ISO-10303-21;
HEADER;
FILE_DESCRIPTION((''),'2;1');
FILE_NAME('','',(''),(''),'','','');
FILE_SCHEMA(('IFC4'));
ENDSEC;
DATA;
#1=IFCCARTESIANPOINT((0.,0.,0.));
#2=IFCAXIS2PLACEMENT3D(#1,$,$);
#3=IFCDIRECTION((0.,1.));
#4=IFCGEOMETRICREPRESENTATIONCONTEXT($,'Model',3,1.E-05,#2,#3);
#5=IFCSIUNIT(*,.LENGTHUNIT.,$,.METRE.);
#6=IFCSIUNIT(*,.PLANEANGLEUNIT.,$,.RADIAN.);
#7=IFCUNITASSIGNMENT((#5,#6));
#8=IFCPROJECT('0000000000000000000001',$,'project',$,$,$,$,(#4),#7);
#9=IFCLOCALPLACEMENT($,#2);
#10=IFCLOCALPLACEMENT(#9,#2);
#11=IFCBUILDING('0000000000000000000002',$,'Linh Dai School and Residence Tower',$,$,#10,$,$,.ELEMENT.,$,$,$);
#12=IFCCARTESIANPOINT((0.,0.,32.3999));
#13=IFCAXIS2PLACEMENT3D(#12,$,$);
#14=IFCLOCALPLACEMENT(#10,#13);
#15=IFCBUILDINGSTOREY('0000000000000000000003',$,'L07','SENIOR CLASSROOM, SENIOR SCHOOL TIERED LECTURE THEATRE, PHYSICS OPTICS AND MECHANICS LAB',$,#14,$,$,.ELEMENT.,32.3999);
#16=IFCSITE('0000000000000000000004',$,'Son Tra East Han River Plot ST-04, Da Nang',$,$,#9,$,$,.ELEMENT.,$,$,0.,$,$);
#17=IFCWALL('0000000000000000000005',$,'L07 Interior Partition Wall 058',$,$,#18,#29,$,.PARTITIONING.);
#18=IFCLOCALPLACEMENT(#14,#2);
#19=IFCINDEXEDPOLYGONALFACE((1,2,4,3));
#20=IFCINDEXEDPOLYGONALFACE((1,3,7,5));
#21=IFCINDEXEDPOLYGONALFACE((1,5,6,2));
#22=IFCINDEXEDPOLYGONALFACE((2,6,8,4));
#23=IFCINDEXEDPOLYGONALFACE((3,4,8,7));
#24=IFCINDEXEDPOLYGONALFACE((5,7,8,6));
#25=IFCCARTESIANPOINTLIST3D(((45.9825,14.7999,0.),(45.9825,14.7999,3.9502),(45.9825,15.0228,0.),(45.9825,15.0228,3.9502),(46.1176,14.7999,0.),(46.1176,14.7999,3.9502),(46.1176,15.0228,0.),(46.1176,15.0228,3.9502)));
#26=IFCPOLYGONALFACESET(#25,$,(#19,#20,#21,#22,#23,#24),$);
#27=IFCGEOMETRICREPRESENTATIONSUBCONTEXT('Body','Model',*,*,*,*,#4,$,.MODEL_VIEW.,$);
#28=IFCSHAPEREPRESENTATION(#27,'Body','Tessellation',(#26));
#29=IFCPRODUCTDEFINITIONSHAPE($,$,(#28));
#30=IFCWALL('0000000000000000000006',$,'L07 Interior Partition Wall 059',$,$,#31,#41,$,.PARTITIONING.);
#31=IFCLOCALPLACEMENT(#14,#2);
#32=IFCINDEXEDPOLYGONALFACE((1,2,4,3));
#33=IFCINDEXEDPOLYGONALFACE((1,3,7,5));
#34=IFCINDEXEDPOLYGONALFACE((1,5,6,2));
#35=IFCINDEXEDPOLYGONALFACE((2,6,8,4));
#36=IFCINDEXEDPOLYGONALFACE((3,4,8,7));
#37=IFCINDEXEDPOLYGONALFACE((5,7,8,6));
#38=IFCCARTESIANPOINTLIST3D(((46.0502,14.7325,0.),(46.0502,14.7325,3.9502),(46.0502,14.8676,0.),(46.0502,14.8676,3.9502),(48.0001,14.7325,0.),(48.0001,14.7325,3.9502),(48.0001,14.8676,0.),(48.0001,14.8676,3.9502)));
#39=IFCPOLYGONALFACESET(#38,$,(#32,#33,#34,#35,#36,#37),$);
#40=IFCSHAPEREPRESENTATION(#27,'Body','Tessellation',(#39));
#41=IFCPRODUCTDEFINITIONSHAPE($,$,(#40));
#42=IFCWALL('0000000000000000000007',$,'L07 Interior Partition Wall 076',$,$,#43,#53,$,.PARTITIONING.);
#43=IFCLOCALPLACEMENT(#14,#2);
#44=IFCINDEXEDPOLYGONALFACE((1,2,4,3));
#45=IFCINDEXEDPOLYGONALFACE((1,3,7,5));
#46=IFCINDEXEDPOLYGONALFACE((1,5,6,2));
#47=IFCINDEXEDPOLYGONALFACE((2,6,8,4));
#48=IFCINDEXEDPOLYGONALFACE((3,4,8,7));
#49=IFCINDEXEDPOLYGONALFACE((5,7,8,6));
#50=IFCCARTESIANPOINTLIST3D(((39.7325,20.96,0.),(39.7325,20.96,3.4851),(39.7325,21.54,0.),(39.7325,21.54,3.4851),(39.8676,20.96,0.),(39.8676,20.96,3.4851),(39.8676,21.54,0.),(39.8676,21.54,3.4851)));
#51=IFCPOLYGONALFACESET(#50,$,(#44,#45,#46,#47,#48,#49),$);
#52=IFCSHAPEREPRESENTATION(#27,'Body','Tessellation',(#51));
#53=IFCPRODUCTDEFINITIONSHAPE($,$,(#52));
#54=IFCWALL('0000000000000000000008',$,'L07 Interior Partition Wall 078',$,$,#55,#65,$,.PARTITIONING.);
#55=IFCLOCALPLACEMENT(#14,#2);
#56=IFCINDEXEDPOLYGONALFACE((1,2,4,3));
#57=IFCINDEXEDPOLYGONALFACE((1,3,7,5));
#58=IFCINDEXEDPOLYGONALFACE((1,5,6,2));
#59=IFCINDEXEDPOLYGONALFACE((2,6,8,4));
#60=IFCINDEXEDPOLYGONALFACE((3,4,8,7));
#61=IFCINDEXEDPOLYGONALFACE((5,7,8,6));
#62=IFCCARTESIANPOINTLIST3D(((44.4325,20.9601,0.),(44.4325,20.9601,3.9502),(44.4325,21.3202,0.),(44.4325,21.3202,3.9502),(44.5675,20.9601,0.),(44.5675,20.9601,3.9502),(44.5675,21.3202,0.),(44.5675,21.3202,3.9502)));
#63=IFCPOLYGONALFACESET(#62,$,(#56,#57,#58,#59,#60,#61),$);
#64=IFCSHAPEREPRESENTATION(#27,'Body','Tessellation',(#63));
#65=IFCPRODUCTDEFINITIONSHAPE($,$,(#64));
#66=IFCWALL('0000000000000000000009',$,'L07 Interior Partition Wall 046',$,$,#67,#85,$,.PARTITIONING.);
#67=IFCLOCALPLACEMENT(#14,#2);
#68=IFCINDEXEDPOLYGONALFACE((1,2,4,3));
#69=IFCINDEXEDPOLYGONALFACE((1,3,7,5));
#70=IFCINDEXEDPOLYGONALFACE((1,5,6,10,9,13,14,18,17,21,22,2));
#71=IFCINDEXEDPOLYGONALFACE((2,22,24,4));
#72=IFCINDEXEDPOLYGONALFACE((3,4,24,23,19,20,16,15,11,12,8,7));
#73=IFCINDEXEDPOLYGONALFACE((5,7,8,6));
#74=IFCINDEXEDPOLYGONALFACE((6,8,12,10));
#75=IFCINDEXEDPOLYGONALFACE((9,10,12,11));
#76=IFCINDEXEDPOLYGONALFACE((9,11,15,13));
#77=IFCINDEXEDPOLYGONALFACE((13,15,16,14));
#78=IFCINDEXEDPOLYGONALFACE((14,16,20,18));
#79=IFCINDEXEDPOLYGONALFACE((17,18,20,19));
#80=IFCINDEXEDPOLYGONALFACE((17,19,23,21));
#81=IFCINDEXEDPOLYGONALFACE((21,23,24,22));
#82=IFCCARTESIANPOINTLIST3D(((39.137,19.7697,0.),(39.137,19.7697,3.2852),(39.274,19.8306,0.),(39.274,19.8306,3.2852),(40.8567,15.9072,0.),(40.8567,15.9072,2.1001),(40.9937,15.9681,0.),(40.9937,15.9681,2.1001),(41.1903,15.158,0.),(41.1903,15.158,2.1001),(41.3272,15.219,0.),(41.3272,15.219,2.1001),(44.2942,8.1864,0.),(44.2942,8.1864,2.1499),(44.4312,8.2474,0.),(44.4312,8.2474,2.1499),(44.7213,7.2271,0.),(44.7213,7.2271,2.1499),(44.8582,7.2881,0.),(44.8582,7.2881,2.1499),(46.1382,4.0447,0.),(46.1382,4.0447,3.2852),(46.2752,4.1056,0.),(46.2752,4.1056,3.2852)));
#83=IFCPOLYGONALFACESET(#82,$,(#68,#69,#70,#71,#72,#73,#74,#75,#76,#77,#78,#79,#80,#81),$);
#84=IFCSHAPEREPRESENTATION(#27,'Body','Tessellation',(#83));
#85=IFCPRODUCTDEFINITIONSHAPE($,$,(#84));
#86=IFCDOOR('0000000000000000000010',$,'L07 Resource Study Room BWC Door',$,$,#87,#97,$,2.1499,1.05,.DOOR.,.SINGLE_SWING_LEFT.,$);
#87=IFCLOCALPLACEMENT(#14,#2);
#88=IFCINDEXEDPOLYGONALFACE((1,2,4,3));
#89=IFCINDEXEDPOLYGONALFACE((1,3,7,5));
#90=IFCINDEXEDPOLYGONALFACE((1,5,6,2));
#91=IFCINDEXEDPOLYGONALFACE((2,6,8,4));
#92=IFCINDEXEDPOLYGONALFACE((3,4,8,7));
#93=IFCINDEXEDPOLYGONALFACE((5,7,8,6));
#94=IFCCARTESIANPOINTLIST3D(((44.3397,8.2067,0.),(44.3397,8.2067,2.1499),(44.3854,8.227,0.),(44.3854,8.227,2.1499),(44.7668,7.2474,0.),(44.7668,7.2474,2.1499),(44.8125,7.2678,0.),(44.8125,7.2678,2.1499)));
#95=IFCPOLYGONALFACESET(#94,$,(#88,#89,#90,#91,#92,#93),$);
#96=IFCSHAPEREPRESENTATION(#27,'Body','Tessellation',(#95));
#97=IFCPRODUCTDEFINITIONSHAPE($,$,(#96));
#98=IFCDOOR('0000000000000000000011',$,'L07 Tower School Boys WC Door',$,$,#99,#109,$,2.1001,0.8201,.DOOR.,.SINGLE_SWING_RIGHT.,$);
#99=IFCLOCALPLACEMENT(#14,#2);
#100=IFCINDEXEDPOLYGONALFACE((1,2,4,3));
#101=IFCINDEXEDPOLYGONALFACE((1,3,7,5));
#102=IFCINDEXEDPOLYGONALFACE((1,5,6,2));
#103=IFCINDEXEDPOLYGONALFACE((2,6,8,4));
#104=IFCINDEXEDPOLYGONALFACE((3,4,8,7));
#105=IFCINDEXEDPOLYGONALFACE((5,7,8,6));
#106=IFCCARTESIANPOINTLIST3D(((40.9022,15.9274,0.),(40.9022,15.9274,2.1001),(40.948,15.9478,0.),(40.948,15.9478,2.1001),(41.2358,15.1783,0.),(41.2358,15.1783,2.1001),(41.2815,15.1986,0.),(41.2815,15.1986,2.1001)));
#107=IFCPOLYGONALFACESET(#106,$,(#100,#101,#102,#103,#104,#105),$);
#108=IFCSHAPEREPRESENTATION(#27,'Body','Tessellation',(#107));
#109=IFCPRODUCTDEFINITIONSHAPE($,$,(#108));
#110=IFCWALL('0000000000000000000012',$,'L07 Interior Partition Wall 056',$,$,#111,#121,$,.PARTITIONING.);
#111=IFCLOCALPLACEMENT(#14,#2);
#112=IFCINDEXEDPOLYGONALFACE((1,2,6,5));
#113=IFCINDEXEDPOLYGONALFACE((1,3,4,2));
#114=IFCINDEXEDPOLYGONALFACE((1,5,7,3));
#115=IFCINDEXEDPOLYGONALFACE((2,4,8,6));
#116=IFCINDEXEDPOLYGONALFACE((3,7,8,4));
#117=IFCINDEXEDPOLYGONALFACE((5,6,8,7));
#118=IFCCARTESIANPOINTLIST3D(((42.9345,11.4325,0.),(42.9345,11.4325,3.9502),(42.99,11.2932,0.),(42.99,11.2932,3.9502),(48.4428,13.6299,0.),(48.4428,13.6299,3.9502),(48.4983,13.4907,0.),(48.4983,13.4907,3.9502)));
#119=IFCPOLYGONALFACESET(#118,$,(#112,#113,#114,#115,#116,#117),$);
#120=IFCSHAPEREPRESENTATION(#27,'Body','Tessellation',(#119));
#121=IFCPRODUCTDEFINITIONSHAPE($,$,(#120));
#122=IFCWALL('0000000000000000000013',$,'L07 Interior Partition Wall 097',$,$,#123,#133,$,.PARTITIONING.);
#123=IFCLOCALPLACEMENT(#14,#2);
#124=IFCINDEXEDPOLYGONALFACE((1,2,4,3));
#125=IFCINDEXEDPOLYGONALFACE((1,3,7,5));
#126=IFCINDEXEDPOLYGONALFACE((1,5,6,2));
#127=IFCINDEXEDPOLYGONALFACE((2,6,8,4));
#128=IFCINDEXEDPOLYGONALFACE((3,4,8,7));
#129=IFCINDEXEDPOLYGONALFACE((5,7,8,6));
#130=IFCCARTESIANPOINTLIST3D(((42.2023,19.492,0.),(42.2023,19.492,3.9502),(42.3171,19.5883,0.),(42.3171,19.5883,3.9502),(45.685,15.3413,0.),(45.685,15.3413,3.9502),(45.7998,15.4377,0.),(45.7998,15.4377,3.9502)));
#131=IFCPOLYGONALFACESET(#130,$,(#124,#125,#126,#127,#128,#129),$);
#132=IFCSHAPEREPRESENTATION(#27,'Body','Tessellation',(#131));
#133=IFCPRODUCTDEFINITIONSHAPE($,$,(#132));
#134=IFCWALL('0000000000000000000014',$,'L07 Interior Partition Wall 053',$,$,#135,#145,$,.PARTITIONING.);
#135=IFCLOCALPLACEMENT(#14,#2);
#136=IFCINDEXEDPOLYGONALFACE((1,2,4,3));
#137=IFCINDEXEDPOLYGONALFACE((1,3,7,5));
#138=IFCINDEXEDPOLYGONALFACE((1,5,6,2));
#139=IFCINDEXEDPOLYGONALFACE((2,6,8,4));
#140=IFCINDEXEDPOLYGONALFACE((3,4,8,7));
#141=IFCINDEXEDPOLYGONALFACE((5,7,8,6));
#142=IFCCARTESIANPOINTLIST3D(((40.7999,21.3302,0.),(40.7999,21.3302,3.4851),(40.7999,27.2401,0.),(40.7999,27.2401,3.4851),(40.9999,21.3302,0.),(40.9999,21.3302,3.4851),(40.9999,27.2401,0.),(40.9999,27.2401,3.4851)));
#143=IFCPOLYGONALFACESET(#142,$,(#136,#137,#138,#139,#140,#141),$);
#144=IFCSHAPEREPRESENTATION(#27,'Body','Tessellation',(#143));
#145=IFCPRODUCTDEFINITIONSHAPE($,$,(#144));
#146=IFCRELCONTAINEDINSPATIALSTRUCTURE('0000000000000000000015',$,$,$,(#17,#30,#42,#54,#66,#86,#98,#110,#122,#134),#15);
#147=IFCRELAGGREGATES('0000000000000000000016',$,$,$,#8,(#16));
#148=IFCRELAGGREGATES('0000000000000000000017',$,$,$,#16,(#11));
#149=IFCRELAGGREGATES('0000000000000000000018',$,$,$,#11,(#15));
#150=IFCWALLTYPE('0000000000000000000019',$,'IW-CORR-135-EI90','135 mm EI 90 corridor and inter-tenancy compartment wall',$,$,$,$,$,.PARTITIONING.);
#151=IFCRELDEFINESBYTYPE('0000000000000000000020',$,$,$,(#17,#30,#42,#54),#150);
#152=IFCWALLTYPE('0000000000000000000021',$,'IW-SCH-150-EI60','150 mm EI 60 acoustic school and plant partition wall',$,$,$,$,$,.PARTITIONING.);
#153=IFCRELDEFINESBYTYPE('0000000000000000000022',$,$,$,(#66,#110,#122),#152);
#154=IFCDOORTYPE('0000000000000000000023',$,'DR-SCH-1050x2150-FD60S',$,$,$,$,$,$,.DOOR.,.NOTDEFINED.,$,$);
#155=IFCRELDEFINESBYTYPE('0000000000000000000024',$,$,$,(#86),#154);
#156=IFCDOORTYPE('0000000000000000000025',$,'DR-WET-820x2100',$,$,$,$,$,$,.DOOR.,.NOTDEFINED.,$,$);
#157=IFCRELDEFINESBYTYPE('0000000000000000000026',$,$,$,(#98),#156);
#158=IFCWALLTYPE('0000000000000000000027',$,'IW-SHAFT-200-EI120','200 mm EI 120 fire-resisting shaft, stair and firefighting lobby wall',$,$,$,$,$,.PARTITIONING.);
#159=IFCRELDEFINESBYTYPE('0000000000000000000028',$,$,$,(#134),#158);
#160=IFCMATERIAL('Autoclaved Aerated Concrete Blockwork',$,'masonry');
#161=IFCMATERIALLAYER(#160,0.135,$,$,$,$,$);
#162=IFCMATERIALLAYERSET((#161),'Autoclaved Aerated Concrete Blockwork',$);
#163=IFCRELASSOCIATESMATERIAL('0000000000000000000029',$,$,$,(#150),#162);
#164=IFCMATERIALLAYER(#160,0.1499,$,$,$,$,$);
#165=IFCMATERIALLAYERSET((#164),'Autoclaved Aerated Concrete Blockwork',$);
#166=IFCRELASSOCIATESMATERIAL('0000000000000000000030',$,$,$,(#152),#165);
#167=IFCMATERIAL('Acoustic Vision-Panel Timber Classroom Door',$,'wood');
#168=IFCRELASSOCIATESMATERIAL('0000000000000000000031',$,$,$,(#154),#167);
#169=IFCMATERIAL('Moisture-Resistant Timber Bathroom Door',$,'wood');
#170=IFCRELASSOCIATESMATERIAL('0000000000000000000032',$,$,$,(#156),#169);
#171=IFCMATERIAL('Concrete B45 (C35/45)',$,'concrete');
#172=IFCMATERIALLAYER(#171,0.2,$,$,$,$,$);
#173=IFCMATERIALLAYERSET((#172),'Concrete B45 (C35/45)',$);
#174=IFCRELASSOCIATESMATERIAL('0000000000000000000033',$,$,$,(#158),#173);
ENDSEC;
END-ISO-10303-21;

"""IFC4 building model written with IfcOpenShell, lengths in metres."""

from ifc_helpers import new_model, si_unit, direction, frame, frame_2d, origin, origin_2d, place, context, subcontext, project, spatial, rectangle, extrude, source, transform, mapped, material, layer, layer_set, type_object, element, fill, save


model = new_model("IFC4")

# Units and contexts
model_context = context("Model", 3, precision=1e-05, world=origin(), true_north=direction((0.0, 1.0)))
body_context = subcontext(model_context, "Body", "Model", "MODEL_VIEW")
ifc_project = project(units=[si_unit("LENGTHUNIT", "METRE"), si_unit("PLANEANGLEUNIT", "RADIAN")], contexts=[model_context])

# Site, building, storey
site_placement = place(None, origin())
site = spatial("IfcSite", under=ifc_project, at=site_placement, Name="Son Tra East Han River Plot ST-04, Da Nang", CompositionType="ELEMENT", RefElevation=0.0)
building_placement = place(site_placement, origin())
building = spatial("IfcBuilding", under=site, at=building_placement, Name="Linh Dai School and Residence Tower", CompositionType="ELEMENT")
storey_placement = place(building_placement, frame((0.0, 0.0, 32.3999)))
storey = spatial("IfcBuildingStorey", under=building, at=storey_placement, Name="L07", Description="SENIOR CLASSROOM, SENIOR SCHOOL TIERED LECTURE THEATRE, PHYSICS OPTICS AND MECHANICS LAB", CompositionType="ELEMENT", Elevation=32.3999)

# Walls
ifc_material_1 = material(Name="Autoclaved Aerated Concrete Blockwork", Category="masonry")
ifc_layer_1 = layer(ifc_material_1, 0.135)
ifc_layer_set_1 = layer_set([ifc_layer_1], Name="Autoclaved Aerated Concrete Blockwork")
wall_type_1 = type_object("IfcWallType", Name="IW-CORR-135-EI90", Description="135 mm EI 90 corridor and inter-tenancy compartment wall", PredefinedType="PARTITIONING", material=ifc_layer_set_1)
wall_1_placement = place(storey_placement, frame((46.05, 14.8, 0.0), z_axis=(0.0, 0.0, 1.0), x_axis=(0.0, 1.0, 0.0)))
element("IfcWall", 1, at=wall_1_placement, inside=storey, type_object=wall_type_1, Name="L07 Interior Partition Wall 058", PredefinedType="PARTITIONING", context=body_context, shape_type="SweptSolid", body=[
    extrude(rectangle(XDim=0.2229, YDim=0.135, at=frame_2d((0.1113, 0.0))), origin(), (0.0, 0.0, 1.0), 3.9502),
])
wall_2_placement = place(storey_placement, frame((46.05, 14.8, 0.0), z_axis=(0.0, 0.0, 1.0), x_axis=(1.0, 0.0, 0.0)))
element("IfcWall", 2, at=wall_2_placement, inside=storey, type_object=wall_type_1, Name="L07 Interior Partition Wall 059", PredefinedType="PARTITIONING", context=body_context, shape_type="SweptSolid", body=[
    extrude(rectangle(XDim=1.95, YDim=0.135, at=frame_2d((0.9751, 0.0))), origin(), (0.0, 0.0, 1.0), 3.9502),
])
wall_3_placement = place(storey_placement, frame((39.8, 20.96, 0.0), z_axis=(0.0, 0.0, 1.0), x_axis=(0.0, 1.0, 0.0)))
element("IfcWall", 3, at=wall_3_placement, inside=storey, type_object=wall_type_1, Name="L07 Interior Partition Wall 076", PredefinedType="PARTITIONING", context=body_context, shape_type="SweptSolid", body=[
    extrude(rectangle(XDim=0.5801, YDim=0.135, at=frame_2d((0.29, 0.0))), origin(), (0.0, 0.0, 1.0), 3.4851),
])
wall_4_placement = place(storey_placement, frame((44.5, 20.96, 0.0), z_axis=(0.0, 0.0, 1.0), x_axis=(0.0, 1.0, 0.0)))
element("IfcWall", 4, at=wall_4_placement, inside=storey, type_object=wall_type_1, Name="L07 Interior Partition Wall 078", PredefinedType="PARTITIONING", context=body_context, shape_type="SweptSolid", body=[
    extrude(rectangle(XDim=0.3601, YDim=0.135, at=frame_2d((0.1802, 0.0))), origin(), (0.0, 0.0, 1.0), 3.9502),
])

# Wall, openings, doors
ifc_layer_2 = layer(ifc_material_1, 0.1499)
ifc_layer_set_2 = layer_set([ifc_layer_2], Name="Autoclaved Aerated Concrete Blockwork")
wall_type_2 = type_object("IfcWallType", Name="IW-SCH-150-EI60", Description="150 mm EI 60 acoustic school and plant partition wall", PredefinedType="PARTITIONING", material=ifc_layer_set_2)
wall_5_placement = place(storey_placement, frame((39.2056, 19.8, 0.0), z_axis=(0.0, 0.0, 1.0), x_axis=(0.406735, -0.913546, 0.0)))
wall_5 = element("IfcWall", 5, at=wall_5_placement, inside=storey, type_object=wall_type_2, Name="L07 Interior Partition Wall 046", PredefinedType="PARTITIONING", context=body_context, shape_type="SweptSolid", body=[
    extrude(rectangle(XDim=17.2131, YDim=0.1499, at=frame_2d((8.6064, 0.0))), origin(), (0.0, 0.0, 1.0), 3.2852),
])
opening_1_placement = place(wall_5_placement, frame((4.2278, 0.0, 0.0)))
opening_1 = element("IfcOpeningElement", 6, at=opening_1_placement, cuts=wall_5, PredefinedType="OPENING", context=body_context, shape_type="SweptSolid", body=[
    extrude(rectangle(XDim=0.8201, YDim=2.1001, at=origin_2d()), frame((0.4102, 0.085, 1.05), z_axis=(0.0, -1.0, 0.0), x_axis=(1.0, 0.0, 0.0)), (0.0, 0.0, 1.0), 0.1699),
])
opening_2_placement = place(wall_5_placement, frame((12.6794, 0.0, 0.0)))
opening_2 = element("IfcOpeningElement", 7, at=opening_2_placement, cuts=wall_5, PredefinedType="OPENING", context=body_context, shape_type="SweptSolid", body=[
    extrude(rectangle(XDim=1.05, YDim=2.1499, at=origin_2d()), frame((0.5249, 0.085, 1.075), z_axis=(0.0, -1.0, 0.0), x_axis=(1.0, 0.0, 0.0)), (0.0, 0.0, 1.0), 0.1699),
])
ifc_material_2 = material(Name="Acoustic Vision-Panel Timber Classroom Door", Category="wood")
door_type_1 = type_object("IfcDoorType", Name="DR-SCH-1050x2150-FD60S", OperationType="NOTDEFINED", PredefinedType="DOOR", material=ifc_material_2)
shared_shape_1 = source(origin(), body_context, "Body", "SweptSolid", [
    extrude(rectangle(XDim=1.05, YDim=2.1499, at=origin_2d()), frame((0.5249, 0.0249, 1.075), z_axis=(0.0, -1.0, 0.0), x_axis=(1.0, 0.0, 0.0)), (0.0, 0.0, 1.0), 0.05),
])
door_1_placement = place(opening_2_placement, origin())
door_1 = element("IfcDoor", 8, at=door_1_placement, inside=storey, type_object=door_type_1, Name="L07 Resource Study Room BWC Door", OperationType="SINGLE_SWING_LEFT", OverallHeight=2.1499, OverallWidth=1.05, PredefinedType="DOOR", context=body_context, shape_type="MappedRepresentation", body=[
    mapped(shared_shape_1, transform((0.0, 0.0, 0.0), x_axis=(1.0, 0.0, 0.0), y_axis=(0.0, 1.0, 0.0), z_axis=(0.0, 0.0, 1.0), scale=1.0)),
])
fill(opening_2, door_1)
ifc_material_3 = material(Name="Moisture-Resistant Timber Bathroom Door", Category="wood")
door_type_2 = type_object("IfcDoorType", Name="DR-WET-820x2100", OperationType="NOTDEFINED", PredefinedType="DOOR", material=ifc_material_3)
shared_shape_2 = source(origin(), body_context, "Body", "SweptSolid", [
    extrude(rectangle(XDim=0.8201, YDim=2.1001, at=origin_2d()), frame((0.4102, 0.0249, 1.05), z_axis=(0.0, -1.0, 0.0), x_axis=(1.0, 0.0, 0.0)), (0.0, 0.0, 1.0), 0.05),
])
door_2_placement = place(opening_1_placement, origin())
door_2 = element("IfcDoor", 9, at=door_2_placement, inside=storey, type_object=door_type_2, Name="L07 Tower School Boys WC Door", OperationType="SINGLE_SWING_RIGHT", OverallHeight=2.1001, OverallWidth=0.8201, PredefinedType="DOOR", context=body_context, shape_type="MappedRepresentation", body=[
    mapped(shared_shape_2, transform((0.0, 0.0, 0.0), x_axis=(1.0, 0.0, 0.0), y_axis=(0.0, 1.0, 0.0), z_axis=(0.0, 0.0, 1.0), scale=1.0)),
])
fill(opening_1, door_2)

# Walls
wall_6_placement = place(storey_placement, frame((42.9622, 11.3628, 0.0), z_axis=(0.0, 0.0, 1.0), x_axis=(0.928814, 0.370546, 0.0)))
element("IfcWall", 10, at=wall_6_placement, inside=storey, type_object=wall_type_2, Name="L07 Interior Partition Wall 056", PredefinedType="PARTITIONING", context=body_context, shape_type="SweptSolid", body=[
    extrude(rectangle(XDim=5.9304, YDim=0.1499, at=frame_2d((2.9653, 0.0))), origin(), (0.0, 0.0, 1.0), 3.9502),
])
wall_7_placement = place(storey_placement, frame((42.2598, 19.54, 0.0), z_axis=(0.0, 0.0, 1.0), x_axis=(0.642774, -0.766056, 0.0)))
element("IfcWall", 11, at=wall_7_placement, inside=storey, type_object=wall_type_2, Name="L07 Interior Partition Wall 097", PredefinedType="PARTITIONING", context=body_context, shape_type="SweptSolid", body=[
    extrude(rectangle(XDim=5.4182, YDim=0.1499, at=frame_2d((2.709, 0.0))), origin(), (0.0, 0.0, 1.0), 3.9502),
])
ifc_material_4 = material(Name="Concrete B45 (C35/45)", Category="concrete")
ifc_layer_3 = layer(ifc_material_4, 0.2)
ifc_layer_set_3 = layer_set([ifc_layer_3], Name="Concrete B45 (C35/45)")
wall_type_3 = type_object("IfcWallType", Name="IW-SHAFT-200-EI120", Description="200 mm EI 120 fire-resisting shaft, stair and firefighting lobby wall", PredefinedType="PARTITIONING", material=ifc_layer_set_3)
wall_8_placement = place(storey_placement, frame((40.8999, 21.3301, 0.0), z_axis=(0.0, 0.0, 1.0), x_axis=(0.0, 1.0, 0.0)))
element("IfcWall", 12, at=wall_8_placement, inside=storey, type_object=wall_type_3, Name="L07 Interior Partition Wall 053", PredefinedType="PARTITIONING", context=body_context, shape_type="SweptSolid", body=[
    extrude(rectangle(XDim=5.9099, YDim=0.2, at=frame_2d((2.9551, 0.0))), origin(), (0.0, 0.0, 1.0), 3.4851),
])

save(model, "model.ifc")
